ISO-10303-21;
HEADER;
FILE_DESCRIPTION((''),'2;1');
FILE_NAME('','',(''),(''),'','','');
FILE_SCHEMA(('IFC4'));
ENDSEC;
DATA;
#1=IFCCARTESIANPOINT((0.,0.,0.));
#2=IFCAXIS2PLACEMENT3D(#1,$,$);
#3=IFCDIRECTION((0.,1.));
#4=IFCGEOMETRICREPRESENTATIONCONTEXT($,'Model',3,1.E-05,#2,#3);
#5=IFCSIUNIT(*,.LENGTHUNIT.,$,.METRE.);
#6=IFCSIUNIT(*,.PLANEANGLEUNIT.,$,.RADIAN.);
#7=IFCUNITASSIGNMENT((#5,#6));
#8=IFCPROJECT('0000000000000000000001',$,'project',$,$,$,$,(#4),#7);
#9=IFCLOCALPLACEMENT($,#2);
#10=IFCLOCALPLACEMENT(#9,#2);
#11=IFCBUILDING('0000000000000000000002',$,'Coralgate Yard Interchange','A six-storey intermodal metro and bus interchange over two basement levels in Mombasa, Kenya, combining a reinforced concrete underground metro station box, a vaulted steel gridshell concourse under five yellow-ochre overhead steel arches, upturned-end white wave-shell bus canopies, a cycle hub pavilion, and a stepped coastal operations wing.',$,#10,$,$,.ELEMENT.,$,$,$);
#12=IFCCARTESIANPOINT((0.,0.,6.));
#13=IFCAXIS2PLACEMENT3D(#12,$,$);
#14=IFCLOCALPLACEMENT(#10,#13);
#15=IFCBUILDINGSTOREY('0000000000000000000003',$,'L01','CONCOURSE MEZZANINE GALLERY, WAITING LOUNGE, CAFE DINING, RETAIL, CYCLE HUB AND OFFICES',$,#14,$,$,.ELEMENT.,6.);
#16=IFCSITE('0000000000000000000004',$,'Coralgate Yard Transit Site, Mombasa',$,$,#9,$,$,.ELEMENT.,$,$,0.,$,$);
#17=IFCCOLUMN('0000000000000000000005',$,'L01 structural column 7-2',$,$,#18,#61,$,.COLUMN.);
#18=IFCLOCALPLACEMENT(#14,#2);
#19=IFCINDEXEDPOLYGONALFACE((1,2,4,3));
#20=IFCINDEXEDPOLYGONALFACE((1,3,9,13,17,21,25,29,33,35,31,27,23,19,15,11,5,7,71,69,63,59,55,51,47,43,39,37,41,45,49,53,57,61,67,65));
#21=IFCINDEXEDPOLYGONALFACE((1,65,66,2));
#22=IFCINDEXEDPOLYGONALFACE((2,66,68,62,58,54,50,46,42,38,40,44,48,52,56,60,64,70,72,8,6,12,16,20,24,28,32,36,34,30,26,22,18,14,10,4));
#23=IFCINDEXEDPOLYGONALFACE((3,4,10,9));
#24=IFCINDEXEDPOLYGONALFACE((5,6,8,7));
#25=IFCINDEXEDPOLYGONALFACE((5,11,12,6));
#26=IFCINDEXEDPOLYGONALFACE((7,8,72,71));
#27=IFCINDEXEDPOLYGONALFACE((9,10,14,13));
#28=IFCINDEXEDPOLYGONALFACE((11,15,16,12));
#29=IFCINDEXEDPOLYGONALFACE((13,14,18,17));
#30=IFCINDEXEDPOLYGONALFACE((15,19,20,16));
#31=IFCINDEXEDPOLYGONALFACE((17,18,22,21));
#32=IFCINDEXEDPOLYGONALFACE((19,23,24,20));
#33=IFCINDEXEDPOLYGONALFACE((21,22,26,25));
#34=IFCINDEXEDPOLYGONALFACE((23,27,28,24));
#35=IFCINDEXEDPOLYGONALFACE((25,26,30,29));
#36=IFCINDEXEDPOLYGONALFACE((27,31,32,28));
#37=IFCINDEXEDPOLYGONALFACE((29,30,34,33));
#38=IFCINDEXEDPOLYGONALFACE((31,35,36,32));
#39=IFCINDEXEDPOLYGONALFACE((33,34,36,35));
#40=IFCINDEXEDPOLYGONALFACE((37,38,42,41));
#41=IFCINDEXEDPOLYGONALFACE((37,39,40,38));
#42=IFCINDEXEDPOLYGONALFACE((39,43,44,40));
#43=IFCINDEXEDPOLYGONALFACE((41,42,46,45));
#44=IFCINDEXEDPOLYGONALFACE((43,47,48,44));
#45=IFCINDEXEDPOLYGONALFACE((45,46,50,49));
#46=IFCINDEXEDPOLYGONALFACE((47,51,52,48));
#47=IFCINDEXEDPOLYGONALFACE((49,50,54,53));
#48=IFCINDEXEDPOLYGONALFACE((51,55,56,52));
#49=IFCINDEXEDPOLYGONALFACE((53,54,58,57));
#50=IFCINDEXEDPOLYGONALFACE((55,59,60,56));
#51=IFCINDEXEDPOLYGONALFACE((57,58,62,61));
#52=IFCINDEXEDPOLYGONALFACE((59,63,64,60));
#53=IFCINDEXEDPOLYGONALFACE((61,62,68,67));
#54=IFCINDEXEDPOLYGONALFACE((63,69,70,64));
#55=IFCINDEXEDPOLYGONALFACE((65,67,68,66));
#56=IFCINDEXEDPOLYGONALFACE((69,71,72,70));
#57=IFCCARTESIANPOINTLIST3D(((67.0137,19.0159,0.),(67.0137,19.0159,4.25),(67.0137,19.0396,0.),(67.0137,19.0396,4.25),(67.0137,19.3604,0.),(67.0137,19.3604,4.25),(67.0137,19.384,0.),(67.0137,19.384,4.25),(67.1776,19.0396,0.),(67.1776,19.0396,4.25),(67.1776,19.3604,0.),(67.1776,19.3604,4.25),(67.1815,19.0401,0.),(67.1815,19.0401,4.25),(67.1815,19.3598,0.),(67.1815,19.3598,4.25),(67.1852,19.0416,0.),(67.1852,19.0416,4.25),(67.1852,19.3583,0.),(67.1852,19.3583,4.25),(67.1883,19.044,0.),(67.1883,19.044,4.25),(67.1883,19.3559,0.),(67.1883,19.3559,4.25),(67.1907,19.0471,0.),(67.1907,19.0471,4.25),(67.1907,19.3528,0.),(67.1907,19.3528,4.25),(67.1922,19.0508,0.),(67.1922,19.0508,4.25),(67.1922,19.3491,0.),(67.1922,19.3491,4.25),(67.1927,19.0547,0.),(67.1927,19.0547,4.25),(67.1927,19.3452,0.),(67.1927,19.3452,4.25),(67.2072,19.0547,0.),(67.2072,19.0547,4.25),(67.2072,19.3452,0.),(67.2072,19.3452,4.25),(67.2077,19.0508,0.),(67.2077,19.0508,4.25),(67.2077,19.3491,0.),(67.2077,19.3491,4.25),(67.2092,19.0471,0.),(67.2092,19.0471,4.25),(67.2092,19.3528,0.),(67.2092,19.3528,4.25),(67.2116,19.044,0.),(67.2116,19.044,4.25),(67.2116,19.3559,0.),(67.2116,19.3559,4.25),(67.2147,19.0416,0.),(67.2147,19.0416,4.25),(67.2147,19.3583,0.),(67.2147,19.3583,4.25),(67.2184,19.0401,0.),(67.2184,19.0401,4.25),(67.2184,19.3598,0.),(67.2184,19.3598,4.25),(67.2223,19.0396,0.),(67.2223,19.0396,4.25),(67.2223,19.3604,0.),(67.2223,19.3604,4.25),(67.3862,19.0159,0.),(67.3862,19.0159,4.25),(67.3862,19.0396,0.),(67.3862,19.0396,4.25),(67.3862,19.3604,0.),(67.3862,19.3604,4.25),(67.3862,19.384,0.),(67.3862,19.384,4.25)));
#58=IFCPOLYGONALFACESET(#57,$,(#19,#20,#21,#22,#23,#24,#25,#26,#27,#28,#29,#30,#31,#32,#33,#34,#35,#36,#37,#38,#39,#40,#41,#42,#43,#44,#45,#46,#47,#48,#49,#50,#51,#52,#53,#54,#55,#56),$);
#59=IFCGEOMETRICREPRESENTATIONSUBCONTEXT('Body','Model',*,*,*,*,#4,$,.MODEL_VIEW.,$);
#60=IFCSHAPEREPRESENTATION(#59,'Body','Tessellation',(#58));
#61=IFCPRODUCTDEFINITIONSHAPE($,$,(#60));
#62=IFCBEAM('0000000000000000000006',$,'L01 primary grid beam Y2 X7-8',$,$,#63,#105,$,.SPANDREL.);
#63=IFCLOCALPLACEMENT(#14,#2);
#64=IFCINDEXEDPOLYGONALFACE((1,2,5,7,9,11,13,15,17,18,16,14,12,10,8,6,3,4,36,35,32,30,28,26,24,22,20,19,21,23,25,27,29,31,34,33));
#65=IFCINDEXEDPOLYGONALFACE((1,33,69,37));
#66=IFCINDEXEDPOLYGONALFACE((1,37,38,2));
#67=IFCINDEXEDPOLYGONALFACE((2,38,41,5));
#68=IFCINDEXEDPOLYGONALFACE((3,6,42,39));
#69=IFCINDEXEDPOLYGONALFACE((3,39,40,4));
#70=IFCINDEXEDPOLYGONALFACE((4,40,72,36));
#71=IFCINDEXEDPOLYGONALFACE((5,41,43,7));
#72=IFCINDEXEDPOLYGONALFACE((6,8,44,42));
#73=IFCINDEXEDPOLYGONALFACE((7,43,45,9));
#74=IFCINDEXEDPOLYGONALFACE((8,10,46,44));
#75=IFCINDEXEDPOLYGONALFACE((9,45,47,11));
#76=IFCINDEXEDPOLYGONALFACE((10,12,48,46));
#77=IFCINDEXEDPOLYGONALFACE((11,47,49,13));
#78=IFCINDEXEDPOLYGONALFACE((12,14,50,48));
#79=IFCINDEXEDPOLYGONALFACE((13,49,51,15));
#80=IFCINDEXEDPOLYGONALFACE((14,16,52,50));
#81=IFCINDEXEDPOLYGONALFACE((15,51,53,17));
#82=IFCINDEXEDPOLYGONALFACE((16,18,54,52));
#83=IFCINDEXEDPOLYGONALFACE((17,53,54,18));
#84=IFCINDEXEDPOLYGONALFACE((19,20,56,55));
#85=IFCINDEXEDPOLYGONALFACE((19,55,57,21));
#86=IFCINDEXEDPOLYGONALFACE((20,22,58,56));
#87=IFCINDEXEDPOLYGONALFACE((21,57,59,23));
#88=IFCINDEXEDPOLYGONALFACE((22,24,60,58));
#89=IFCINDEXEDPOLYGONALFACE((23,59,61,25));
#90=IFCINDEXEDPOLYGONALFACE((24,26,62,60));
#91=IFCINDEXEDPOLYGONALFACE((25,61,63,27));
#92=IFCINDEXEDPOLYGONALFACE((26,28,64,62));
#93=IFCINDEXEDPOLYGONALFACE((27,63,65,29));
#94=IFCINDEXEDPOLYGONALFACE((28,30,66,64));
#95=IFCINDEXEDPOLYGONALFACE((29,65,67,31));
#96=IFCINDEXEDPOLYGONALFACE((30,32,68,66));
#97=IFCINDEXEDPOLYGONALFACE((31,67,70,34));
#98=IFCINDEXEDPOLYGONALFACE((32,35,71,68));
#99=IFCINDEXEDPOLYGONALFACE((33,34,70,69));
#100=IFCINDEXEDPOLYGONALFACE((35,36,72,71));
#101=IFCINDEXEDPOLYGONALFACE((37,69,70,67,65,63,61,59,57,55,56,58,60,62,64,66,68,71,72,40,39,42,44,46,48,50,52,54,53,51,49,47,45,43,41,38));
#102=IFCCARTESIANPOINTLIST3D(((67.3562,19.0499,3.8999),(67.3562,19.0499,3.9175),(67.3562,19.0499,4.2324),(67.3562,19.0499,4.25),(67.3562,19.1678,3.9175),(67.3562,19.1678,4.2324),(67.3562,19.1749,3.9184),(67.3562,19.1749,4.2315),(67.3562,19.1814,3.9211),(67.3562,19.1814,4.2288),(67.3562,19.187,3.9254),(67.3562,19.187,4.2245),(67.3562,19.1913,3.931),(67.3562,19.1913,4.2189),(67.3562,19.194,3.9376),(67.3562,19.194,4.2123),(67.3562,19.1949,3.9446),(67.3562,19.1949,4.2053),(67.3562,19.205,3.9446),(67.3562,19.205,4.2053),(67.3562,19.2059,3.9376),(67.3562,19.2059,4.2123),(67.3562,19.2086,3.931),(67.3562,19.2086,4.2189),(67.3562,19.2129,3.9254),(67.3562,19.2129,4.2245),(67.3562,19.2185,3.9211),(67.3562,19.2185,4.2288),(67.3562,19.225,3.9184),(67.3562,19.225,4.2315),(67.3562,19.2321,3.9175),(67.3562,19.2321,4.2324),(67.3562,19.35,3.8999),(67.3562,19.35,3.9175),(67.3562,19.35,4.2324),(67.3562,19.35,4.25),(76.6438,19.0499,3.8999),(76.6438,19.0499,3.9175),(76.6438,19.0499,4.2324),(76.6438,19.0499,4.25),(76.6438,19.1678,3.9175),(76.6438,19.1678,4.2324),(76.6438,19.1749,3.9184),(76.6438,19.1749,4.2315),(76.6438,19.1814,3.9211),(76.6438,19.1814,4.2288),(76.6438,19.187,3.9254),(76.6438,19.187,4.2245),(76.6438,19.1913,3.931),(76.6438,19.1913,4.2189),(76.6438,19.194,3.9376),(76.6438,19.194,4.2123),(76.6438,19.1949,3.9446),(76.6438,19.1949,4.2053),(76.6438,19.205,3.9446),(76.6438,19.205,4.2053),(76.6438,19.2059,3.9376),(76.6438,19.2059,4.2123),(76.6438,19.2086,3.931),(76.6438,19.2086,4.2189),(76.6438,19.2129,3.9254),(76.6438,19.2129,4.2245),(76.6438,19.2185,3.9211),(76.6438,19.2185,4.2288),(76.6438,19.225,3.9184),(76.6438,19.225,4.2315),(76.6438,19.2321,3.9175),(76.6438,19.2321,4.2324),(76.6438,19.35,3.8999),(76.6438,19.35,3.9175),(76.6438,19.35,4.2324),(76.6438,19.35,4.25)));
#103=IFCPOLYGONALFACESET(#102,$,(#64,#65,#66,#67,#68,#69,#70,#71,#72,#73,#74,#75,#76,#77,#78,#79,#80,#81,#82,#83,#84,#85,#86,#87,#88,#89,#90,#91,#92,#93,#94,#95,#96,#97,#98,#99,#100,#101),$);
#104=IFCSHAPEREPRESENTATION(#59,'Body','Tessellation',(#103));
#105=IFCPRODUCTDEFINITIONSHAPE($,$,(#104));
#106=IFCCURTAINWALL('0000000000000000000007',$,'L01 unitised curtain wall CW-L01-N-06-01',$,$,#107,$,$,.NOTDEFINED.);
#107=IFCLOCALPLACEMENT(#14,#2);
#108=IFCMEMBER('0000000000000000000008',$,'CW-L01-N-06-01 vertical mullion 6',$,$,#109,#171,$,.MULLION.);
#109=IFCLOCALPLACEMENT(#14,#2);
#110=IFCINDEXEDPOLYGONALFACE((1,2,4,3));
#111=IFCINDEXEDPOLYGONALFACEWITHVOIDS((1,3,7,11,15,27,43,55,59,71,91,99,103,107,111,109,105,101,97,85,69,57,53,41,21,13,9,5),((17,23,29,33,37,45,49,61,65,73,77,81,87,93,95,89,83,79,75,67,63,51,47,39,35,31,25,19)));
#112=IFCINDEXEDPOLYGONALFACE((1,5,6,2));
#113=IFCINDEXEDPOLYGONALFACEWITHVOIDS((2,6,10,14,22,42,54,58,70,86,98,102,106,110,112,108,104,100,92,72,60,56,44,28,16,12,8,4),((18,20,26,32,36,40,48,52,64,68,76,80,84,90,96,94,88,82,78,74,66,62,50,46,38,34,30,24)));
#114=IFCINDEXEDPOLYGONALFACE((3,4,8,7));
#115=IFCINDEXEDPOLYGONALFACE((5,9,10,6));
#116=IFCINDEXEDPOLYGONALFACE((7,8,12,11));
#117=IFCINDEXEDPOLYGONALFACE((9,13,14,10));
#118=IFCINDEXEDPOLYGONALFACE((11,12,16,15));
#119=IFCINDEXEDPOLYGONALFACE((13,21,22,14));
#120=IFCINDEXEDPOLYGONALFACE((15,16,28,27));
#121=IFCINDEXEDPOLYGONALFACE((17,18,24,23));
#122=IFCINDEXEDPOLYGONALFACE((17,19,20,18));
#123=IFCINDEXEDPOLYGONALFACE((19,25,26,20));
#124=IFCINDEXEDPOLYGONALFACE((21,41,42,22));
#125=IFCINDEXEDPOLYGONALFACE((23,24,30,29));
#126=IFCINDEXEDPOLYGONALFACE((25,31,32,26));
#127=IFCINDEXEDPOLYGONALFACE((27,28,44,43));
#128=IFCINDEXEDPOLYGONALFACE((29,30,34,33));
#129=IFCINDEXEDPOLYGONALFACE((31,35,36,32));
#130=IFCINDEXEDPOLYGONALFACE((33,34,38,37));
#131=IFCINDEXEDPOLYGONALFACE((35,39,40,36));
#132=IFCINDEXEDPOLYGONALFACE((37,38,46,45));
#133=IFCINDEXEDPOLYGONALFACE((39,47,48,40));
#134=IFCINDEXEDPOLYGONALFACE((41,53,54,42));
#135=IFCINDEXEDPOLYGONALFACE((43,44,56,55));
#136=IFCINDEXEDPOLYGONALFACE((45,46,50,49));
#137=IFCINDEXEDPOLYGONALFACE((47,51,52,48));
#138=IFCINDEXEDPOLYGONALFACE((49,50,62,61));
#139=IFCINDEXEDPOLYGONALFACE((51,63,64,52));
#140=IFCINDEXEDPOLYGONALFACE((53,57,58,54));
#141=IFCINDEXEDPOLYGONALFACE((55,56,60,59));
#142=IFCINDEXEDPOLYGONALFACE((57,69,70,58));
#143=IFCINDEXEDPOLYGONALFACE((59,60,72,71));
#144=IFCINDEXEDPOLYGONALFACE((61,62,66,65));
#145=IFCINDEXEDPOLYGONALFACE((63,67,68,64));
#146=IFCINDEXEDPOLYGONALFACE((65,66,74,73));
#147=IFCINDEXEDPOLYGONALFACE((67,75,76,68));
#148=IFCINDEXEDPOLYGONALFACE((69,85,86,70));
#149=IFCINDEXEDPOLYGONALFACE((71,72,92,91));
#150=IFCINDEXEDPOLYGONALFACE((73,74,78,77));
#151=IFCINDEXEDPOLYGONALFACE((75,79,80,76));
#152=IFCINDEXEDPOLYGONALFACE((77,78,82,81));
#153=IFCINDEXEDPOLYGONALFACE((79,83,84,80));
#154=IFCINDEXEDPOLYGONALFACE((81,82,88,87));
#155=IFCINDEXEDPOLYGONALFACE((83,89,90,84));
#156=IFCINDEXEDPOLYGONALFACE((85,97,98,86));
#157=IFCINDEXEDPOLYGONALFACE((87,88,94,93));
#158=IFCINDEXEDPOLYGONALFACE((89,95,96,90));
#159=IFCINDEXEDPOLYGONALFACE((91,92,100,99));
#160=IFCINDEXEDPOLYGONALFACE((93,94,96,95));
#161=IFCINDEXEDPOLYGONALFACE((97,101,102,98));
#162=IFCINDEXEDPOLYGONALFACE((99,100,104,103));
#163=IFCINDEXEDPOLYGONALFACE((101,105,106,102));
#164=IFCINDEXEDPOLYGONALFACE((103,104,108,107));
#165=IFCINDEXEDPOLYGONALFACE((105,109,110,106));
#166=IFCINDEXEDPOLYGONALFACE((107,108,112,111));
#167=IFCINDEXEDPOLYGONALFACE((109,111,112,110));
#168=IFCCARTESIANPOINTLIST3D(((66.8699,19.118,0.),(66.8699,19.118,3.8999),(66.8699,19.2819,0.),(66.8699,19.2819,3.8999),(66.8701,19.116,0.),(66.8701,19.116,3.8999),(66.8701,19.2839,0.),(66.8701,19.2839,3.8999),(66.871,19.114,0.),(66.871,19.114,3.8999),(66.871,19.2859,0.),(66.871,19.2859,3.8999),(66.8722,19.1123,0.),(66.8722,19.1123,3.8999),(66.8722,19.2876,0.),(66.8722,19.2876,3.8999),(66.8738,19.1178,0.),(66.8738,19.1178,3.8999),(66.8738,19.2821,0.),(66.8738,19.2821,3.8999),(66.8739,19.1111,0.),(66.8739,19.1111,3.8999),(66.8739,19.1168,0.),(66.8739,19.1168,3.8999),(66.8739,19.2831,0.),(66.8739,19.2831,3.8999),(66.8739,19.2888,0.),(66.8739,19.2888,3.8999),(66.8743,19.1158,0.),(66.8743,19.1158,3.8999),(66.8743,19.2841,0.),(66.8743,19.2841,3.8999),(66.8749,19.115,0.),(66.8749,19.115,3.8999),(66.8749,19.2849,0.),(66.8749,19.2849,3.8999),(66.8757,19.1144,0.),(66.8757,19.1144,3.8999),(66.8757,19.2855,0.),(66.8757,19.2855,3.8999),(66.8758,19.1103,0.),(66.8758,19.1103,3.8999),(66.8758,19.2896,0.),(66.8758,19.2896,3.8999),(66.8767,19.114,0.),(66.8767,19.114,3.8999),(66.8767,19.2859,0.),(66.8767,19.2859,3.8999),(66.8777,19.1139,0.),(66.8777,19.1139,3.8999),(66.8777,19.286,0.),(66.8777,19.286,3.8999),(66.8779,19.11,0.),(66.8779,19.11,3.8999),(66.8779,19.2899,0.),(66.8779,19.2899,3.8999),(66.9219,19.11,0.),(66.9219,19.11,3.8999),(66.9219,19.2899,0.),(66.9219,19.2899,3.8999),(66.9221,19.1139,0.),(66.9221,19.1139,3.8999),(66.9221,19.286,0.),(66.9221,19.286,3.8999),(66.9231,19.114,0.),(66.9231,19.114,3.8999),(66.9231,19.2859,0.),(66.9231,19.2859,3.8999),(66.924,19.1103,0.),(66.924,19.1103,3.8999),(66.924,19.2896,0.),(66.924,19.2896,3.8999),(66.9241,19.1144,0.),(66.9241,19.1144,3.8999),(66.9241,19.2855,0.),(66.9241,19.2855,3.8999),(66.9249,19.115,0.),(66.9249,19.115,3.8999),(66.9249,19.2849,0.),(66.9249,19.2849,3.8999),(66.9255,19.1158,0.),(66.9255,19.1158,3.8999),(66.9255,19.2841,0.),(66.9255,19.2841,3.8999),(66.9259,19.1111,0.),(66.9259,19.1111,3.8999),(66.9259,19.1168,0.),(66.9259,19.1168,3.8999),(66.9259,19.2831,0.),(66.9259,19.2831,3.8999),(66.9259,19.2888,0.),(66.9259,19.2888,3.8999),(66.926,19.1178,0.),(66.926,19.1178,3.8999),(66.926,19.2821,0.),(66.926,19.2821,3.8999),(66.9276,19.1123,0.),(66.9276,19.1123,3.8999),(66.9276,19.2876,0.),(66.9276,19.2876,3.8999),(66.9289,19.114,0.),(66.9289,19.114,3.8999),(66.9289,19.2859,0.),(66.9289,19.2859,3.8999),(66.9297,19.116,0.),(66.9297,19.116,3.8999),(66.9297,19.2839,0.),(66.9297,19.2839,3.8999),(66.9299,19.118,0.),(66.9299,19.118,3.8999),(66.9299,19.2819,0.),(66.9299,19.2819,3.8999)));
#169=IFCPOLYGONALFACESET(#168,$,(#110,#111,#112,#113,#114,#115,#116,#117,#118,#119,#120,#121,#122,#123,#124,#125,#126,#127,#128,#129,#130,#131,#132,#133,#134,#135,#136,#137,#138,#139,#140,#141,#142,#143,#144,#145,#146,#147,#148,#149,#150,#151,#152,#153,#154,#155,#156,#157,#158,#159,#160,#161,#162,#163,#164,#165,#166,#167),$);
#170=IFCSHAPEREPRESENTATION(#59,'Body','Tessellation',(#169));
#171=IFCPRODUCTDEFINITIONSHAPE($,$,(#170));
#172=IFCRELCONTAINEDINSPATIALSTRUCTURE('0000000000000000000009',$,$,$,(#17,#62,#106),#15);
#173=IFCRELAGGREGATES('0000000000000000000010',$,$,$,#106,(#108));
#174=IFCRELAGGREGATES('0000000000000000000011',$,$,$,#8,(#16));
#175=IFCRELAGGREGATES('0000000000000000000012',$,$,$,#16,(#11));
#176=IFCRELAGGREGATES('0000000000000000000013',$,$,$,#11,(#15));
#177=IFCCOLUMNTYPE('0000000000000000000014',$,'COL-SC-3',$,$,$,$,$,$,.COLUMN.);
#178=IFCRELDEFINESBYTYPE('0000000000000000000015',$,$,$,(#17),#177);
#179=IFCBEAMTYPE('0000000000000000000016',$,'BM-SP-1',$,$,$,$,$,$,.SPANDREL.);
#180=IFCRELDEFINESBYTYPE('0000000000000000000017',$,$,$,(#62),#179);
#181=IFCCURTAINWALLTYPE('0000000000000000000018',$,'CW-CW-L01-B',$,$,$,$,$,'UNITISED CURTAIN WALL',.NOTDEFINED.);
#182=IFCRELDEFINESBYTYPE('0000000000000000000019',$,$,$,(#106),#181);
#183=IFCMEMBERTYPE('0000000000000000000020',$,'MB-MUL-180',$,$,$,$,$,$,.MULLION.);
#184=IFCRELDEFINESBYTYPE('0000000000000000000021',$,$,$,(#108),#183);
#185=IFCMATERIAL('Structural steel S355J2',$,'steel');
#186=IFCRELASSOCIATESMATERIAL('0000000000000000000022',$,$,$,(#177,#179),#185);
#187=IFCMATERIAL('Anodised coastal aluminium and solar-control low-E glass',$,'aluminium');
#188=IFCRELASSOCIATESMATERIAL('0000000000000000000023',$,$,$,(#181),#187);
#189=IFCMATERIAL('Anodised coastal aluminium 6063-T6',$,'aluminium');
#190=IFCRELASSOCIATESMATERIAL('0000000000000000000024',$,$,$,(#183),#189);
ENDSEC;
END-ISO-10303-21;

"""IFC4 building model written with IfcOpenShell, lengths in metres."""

from ifc_helpers import new_model, si_unit, direction, frame, origin, origin_2d, place, context, subcontext, project, spatial, hollow_rectangle, i_section, extrude, material, material_profile, profile_set, type_object, element, aggregate, save


model = new_model("IFC4")

# Units and contexts
model_context = context("Model", 3, precision=1e-05, world=origin(), true_north=direction((0.0, 1.0)))
body_context = subcontext(model_context, "Body", "Model", "MODEL_VIEW")
ifc_project = project(units=[si_unit("LENGTHUNIT", "METRE"), si_unit("PLANEANGLEUNIT", "RADIAN")], contexts=[model_context])

# Site, building, storey
site_placement = place(None, origin())
site = spatial("IfcSite", under=ifc_project, at=site_placement, Name="Coralgate Yard Transit Site, Mombasa", CompositionType="ELEMENT", RefElevation=0.0)
building_placement = place(site_placement, origin())
building = spatial("IfcBuilding", under=site, at=building_placement, Name="Coralgate Yard Interchange", Description="A six-storey intermodal metro and bus interchange over two basement levels in Mombasa, Kenya, combining a reinforced concrete underground metro station box, a vaulted steel gridshell concourse under five yellow-ochre overhead steel arches, upturned-end white wave-shell bus canopies, a cycle hub pavilion, and a stepped coastal operations wing.", CompositionType="ELEMENT")
storey_placement = place(building_placement, frame((0.0, 0.0, 6.0)))
storey = spatial("IfcBuildingStorey", under=building, at=storey_placement, Name="L01", Description="CONCOURSE MEZZANINE GALLERY, WAITING LOUNGE, CAFE DINING, RETAIL, CYCLE HUB AND OFFICES", CompositionType="ELEMENT", Elevation=6.0)

# Column
ifc_material_1 = material(Name="Structural steel S355J2", Category="steel")
ifc_material_profile_1 = material_profile(ifc_material_1, i_section(OverallWidth=0.3726, OverallDepth=0.3682, WebThickness=0.0144, FlangeThickness=0.0237, FilletRadius=0.0151, at=origin_2d()), Name="UC 356x368x177")
ifc_profile_set_1 = profile_set([ifc_material_profile_1], Name="Structural steel S355J2")
column_type = type_object("IfcColumnType", Name="COL-SC-3", PredefinedType="COLUMN", material=ifc_profile_set_1)
column_placement = place(storey_placement, frame((67.2, 19.2, 0.0), z_axis=(0.0, 0.0, 1.0), x_axis=(1.0, 0.0, 0.0)))
element("IfcColumn", 1, at=column_placement, inside=storey, type_object=column_type, Name="L01 structural column 7-2", PredefinedType="COLUMN", context=body_context, shape_type="SweptSolid", body=[
    extrude(i_section(OverallWidth=0.3726, OverallDepth=0.3682, WebThickness=0.0144, FlangeThickness=0.0237, FilletRadius=0.0151, at=origin_2d()), origin(), (0.0, 0.0, 1.0), 4.25),
])

# Beam
ifc_material_profile_2 = material_profile(ifc_material_1, i_section(OverallWidth=0.3, OverallDepth=0.3501, WebThickness=0.01, FlangeThickness=0.0176, FilletRadius=0.0271, at=origin_2d()), Name="HEA 360")
ifc_profile_set_2 = profile_set([ifc_material_profile_2], Name="Structural steel S355J2")
beam_type = type_object("IfcBeamType", Name="BM-SP-1", PredefinedType="SPANDREL", material=ifc_profile_set_2)
beam_placement = place(storey_placement, frame((67.3562, 19.2, 4.075), z_axis=(1.0, 0.0, 0.0), x_axis=(0.0, 1.0, 0.0)))
element("IfcBeam", 2, at=beam_placement, inside=storey, type_object=beam_type, Name="L01 primary grid beam Y2 X7-8", PredefinedType="SPANDREL", context=body_context, shape_type="SweptSolid", body=[
    extrude(i_section(OverallWidth=0.3, OverallDepth=0.3501, WebThickness=0.01, FlangeThickness=0.0176, FilletRadius=0.0271, at=origin_2d()), origin(), (0.0, 0.0, 1.0), 9.2876),
])

# Curtain wall, member
ifc_material_2 = material(Name="Anodised coastal aluminium and solar-control low-E glass", Category="aluminium")
curtain_wall_type = type_object("IfcCurtainWallType", Name="CW-CW-L01-B", ElementType="UNITISED CURTAIN WALL", PredefinedType="NOTDEFINED", material=ifc_material_2)
curtain_wall_1_placement = place(storey_placement, origin())
curtain_wall_1 = element("IfcCurtainWall", 3, at=curtain_wall_1_placement, inside=storey, type_object=curtain_wall_type, Name="L01 unitised curtain wall CW-L01-N-06-01", PredefinedType="NOTDEFINED")
ifc_material_3 = material(Name="Anodised coastal aluminium 6063-T6", Category="aluminium")
ifc_material_profile_3 = material_profile(ifc_material_3, hollow_rectangle(XDim=0.0601, YDim=0.1799, WallThickness=0.0039, InnerFilletRadius=0.0039, OuterFilletRadius=0.0081, at=origin_2d()), Name="ALU 60x180x4")
ifc_profile_set_3 = profile_set([ifc_material_profile_3], Name="Anodised coastal aluminium 6063-T6")
member_type_1 = type_object("IfcMemberType", Name="MB-MUL-180", PredefinedType="MULLION", material=ifc_profile_set_3)
member_1_placement = place(storey_placement, frame((66.8999, 19.2, 0.0), z_axis=(0.0, 0.0, 1.0), x_axis=(1.0, 0.0, 0.0)))
member_1 = element("IfcMember", 4, at=member_1_placement, type_object=member_type_1, Name="CW-L01-N-06-01 vertical mullion 6", PredefinedType="MULLION", context=body_context, shape_type="SweptSolid", body=[
    extrude(hollow_rectangle(XDim=0.0601, YDim=0.1799, WallThickness=0.0039, InnerFilletRadius=0.0039, OuterFilletRadius=0.0081, at=origin_2d()), origin(), (0.0, 0.0, 1.0), 3.8999),
])

aggregate(curtain_wall_1, [member_1])

save(model, "model.ifc")
